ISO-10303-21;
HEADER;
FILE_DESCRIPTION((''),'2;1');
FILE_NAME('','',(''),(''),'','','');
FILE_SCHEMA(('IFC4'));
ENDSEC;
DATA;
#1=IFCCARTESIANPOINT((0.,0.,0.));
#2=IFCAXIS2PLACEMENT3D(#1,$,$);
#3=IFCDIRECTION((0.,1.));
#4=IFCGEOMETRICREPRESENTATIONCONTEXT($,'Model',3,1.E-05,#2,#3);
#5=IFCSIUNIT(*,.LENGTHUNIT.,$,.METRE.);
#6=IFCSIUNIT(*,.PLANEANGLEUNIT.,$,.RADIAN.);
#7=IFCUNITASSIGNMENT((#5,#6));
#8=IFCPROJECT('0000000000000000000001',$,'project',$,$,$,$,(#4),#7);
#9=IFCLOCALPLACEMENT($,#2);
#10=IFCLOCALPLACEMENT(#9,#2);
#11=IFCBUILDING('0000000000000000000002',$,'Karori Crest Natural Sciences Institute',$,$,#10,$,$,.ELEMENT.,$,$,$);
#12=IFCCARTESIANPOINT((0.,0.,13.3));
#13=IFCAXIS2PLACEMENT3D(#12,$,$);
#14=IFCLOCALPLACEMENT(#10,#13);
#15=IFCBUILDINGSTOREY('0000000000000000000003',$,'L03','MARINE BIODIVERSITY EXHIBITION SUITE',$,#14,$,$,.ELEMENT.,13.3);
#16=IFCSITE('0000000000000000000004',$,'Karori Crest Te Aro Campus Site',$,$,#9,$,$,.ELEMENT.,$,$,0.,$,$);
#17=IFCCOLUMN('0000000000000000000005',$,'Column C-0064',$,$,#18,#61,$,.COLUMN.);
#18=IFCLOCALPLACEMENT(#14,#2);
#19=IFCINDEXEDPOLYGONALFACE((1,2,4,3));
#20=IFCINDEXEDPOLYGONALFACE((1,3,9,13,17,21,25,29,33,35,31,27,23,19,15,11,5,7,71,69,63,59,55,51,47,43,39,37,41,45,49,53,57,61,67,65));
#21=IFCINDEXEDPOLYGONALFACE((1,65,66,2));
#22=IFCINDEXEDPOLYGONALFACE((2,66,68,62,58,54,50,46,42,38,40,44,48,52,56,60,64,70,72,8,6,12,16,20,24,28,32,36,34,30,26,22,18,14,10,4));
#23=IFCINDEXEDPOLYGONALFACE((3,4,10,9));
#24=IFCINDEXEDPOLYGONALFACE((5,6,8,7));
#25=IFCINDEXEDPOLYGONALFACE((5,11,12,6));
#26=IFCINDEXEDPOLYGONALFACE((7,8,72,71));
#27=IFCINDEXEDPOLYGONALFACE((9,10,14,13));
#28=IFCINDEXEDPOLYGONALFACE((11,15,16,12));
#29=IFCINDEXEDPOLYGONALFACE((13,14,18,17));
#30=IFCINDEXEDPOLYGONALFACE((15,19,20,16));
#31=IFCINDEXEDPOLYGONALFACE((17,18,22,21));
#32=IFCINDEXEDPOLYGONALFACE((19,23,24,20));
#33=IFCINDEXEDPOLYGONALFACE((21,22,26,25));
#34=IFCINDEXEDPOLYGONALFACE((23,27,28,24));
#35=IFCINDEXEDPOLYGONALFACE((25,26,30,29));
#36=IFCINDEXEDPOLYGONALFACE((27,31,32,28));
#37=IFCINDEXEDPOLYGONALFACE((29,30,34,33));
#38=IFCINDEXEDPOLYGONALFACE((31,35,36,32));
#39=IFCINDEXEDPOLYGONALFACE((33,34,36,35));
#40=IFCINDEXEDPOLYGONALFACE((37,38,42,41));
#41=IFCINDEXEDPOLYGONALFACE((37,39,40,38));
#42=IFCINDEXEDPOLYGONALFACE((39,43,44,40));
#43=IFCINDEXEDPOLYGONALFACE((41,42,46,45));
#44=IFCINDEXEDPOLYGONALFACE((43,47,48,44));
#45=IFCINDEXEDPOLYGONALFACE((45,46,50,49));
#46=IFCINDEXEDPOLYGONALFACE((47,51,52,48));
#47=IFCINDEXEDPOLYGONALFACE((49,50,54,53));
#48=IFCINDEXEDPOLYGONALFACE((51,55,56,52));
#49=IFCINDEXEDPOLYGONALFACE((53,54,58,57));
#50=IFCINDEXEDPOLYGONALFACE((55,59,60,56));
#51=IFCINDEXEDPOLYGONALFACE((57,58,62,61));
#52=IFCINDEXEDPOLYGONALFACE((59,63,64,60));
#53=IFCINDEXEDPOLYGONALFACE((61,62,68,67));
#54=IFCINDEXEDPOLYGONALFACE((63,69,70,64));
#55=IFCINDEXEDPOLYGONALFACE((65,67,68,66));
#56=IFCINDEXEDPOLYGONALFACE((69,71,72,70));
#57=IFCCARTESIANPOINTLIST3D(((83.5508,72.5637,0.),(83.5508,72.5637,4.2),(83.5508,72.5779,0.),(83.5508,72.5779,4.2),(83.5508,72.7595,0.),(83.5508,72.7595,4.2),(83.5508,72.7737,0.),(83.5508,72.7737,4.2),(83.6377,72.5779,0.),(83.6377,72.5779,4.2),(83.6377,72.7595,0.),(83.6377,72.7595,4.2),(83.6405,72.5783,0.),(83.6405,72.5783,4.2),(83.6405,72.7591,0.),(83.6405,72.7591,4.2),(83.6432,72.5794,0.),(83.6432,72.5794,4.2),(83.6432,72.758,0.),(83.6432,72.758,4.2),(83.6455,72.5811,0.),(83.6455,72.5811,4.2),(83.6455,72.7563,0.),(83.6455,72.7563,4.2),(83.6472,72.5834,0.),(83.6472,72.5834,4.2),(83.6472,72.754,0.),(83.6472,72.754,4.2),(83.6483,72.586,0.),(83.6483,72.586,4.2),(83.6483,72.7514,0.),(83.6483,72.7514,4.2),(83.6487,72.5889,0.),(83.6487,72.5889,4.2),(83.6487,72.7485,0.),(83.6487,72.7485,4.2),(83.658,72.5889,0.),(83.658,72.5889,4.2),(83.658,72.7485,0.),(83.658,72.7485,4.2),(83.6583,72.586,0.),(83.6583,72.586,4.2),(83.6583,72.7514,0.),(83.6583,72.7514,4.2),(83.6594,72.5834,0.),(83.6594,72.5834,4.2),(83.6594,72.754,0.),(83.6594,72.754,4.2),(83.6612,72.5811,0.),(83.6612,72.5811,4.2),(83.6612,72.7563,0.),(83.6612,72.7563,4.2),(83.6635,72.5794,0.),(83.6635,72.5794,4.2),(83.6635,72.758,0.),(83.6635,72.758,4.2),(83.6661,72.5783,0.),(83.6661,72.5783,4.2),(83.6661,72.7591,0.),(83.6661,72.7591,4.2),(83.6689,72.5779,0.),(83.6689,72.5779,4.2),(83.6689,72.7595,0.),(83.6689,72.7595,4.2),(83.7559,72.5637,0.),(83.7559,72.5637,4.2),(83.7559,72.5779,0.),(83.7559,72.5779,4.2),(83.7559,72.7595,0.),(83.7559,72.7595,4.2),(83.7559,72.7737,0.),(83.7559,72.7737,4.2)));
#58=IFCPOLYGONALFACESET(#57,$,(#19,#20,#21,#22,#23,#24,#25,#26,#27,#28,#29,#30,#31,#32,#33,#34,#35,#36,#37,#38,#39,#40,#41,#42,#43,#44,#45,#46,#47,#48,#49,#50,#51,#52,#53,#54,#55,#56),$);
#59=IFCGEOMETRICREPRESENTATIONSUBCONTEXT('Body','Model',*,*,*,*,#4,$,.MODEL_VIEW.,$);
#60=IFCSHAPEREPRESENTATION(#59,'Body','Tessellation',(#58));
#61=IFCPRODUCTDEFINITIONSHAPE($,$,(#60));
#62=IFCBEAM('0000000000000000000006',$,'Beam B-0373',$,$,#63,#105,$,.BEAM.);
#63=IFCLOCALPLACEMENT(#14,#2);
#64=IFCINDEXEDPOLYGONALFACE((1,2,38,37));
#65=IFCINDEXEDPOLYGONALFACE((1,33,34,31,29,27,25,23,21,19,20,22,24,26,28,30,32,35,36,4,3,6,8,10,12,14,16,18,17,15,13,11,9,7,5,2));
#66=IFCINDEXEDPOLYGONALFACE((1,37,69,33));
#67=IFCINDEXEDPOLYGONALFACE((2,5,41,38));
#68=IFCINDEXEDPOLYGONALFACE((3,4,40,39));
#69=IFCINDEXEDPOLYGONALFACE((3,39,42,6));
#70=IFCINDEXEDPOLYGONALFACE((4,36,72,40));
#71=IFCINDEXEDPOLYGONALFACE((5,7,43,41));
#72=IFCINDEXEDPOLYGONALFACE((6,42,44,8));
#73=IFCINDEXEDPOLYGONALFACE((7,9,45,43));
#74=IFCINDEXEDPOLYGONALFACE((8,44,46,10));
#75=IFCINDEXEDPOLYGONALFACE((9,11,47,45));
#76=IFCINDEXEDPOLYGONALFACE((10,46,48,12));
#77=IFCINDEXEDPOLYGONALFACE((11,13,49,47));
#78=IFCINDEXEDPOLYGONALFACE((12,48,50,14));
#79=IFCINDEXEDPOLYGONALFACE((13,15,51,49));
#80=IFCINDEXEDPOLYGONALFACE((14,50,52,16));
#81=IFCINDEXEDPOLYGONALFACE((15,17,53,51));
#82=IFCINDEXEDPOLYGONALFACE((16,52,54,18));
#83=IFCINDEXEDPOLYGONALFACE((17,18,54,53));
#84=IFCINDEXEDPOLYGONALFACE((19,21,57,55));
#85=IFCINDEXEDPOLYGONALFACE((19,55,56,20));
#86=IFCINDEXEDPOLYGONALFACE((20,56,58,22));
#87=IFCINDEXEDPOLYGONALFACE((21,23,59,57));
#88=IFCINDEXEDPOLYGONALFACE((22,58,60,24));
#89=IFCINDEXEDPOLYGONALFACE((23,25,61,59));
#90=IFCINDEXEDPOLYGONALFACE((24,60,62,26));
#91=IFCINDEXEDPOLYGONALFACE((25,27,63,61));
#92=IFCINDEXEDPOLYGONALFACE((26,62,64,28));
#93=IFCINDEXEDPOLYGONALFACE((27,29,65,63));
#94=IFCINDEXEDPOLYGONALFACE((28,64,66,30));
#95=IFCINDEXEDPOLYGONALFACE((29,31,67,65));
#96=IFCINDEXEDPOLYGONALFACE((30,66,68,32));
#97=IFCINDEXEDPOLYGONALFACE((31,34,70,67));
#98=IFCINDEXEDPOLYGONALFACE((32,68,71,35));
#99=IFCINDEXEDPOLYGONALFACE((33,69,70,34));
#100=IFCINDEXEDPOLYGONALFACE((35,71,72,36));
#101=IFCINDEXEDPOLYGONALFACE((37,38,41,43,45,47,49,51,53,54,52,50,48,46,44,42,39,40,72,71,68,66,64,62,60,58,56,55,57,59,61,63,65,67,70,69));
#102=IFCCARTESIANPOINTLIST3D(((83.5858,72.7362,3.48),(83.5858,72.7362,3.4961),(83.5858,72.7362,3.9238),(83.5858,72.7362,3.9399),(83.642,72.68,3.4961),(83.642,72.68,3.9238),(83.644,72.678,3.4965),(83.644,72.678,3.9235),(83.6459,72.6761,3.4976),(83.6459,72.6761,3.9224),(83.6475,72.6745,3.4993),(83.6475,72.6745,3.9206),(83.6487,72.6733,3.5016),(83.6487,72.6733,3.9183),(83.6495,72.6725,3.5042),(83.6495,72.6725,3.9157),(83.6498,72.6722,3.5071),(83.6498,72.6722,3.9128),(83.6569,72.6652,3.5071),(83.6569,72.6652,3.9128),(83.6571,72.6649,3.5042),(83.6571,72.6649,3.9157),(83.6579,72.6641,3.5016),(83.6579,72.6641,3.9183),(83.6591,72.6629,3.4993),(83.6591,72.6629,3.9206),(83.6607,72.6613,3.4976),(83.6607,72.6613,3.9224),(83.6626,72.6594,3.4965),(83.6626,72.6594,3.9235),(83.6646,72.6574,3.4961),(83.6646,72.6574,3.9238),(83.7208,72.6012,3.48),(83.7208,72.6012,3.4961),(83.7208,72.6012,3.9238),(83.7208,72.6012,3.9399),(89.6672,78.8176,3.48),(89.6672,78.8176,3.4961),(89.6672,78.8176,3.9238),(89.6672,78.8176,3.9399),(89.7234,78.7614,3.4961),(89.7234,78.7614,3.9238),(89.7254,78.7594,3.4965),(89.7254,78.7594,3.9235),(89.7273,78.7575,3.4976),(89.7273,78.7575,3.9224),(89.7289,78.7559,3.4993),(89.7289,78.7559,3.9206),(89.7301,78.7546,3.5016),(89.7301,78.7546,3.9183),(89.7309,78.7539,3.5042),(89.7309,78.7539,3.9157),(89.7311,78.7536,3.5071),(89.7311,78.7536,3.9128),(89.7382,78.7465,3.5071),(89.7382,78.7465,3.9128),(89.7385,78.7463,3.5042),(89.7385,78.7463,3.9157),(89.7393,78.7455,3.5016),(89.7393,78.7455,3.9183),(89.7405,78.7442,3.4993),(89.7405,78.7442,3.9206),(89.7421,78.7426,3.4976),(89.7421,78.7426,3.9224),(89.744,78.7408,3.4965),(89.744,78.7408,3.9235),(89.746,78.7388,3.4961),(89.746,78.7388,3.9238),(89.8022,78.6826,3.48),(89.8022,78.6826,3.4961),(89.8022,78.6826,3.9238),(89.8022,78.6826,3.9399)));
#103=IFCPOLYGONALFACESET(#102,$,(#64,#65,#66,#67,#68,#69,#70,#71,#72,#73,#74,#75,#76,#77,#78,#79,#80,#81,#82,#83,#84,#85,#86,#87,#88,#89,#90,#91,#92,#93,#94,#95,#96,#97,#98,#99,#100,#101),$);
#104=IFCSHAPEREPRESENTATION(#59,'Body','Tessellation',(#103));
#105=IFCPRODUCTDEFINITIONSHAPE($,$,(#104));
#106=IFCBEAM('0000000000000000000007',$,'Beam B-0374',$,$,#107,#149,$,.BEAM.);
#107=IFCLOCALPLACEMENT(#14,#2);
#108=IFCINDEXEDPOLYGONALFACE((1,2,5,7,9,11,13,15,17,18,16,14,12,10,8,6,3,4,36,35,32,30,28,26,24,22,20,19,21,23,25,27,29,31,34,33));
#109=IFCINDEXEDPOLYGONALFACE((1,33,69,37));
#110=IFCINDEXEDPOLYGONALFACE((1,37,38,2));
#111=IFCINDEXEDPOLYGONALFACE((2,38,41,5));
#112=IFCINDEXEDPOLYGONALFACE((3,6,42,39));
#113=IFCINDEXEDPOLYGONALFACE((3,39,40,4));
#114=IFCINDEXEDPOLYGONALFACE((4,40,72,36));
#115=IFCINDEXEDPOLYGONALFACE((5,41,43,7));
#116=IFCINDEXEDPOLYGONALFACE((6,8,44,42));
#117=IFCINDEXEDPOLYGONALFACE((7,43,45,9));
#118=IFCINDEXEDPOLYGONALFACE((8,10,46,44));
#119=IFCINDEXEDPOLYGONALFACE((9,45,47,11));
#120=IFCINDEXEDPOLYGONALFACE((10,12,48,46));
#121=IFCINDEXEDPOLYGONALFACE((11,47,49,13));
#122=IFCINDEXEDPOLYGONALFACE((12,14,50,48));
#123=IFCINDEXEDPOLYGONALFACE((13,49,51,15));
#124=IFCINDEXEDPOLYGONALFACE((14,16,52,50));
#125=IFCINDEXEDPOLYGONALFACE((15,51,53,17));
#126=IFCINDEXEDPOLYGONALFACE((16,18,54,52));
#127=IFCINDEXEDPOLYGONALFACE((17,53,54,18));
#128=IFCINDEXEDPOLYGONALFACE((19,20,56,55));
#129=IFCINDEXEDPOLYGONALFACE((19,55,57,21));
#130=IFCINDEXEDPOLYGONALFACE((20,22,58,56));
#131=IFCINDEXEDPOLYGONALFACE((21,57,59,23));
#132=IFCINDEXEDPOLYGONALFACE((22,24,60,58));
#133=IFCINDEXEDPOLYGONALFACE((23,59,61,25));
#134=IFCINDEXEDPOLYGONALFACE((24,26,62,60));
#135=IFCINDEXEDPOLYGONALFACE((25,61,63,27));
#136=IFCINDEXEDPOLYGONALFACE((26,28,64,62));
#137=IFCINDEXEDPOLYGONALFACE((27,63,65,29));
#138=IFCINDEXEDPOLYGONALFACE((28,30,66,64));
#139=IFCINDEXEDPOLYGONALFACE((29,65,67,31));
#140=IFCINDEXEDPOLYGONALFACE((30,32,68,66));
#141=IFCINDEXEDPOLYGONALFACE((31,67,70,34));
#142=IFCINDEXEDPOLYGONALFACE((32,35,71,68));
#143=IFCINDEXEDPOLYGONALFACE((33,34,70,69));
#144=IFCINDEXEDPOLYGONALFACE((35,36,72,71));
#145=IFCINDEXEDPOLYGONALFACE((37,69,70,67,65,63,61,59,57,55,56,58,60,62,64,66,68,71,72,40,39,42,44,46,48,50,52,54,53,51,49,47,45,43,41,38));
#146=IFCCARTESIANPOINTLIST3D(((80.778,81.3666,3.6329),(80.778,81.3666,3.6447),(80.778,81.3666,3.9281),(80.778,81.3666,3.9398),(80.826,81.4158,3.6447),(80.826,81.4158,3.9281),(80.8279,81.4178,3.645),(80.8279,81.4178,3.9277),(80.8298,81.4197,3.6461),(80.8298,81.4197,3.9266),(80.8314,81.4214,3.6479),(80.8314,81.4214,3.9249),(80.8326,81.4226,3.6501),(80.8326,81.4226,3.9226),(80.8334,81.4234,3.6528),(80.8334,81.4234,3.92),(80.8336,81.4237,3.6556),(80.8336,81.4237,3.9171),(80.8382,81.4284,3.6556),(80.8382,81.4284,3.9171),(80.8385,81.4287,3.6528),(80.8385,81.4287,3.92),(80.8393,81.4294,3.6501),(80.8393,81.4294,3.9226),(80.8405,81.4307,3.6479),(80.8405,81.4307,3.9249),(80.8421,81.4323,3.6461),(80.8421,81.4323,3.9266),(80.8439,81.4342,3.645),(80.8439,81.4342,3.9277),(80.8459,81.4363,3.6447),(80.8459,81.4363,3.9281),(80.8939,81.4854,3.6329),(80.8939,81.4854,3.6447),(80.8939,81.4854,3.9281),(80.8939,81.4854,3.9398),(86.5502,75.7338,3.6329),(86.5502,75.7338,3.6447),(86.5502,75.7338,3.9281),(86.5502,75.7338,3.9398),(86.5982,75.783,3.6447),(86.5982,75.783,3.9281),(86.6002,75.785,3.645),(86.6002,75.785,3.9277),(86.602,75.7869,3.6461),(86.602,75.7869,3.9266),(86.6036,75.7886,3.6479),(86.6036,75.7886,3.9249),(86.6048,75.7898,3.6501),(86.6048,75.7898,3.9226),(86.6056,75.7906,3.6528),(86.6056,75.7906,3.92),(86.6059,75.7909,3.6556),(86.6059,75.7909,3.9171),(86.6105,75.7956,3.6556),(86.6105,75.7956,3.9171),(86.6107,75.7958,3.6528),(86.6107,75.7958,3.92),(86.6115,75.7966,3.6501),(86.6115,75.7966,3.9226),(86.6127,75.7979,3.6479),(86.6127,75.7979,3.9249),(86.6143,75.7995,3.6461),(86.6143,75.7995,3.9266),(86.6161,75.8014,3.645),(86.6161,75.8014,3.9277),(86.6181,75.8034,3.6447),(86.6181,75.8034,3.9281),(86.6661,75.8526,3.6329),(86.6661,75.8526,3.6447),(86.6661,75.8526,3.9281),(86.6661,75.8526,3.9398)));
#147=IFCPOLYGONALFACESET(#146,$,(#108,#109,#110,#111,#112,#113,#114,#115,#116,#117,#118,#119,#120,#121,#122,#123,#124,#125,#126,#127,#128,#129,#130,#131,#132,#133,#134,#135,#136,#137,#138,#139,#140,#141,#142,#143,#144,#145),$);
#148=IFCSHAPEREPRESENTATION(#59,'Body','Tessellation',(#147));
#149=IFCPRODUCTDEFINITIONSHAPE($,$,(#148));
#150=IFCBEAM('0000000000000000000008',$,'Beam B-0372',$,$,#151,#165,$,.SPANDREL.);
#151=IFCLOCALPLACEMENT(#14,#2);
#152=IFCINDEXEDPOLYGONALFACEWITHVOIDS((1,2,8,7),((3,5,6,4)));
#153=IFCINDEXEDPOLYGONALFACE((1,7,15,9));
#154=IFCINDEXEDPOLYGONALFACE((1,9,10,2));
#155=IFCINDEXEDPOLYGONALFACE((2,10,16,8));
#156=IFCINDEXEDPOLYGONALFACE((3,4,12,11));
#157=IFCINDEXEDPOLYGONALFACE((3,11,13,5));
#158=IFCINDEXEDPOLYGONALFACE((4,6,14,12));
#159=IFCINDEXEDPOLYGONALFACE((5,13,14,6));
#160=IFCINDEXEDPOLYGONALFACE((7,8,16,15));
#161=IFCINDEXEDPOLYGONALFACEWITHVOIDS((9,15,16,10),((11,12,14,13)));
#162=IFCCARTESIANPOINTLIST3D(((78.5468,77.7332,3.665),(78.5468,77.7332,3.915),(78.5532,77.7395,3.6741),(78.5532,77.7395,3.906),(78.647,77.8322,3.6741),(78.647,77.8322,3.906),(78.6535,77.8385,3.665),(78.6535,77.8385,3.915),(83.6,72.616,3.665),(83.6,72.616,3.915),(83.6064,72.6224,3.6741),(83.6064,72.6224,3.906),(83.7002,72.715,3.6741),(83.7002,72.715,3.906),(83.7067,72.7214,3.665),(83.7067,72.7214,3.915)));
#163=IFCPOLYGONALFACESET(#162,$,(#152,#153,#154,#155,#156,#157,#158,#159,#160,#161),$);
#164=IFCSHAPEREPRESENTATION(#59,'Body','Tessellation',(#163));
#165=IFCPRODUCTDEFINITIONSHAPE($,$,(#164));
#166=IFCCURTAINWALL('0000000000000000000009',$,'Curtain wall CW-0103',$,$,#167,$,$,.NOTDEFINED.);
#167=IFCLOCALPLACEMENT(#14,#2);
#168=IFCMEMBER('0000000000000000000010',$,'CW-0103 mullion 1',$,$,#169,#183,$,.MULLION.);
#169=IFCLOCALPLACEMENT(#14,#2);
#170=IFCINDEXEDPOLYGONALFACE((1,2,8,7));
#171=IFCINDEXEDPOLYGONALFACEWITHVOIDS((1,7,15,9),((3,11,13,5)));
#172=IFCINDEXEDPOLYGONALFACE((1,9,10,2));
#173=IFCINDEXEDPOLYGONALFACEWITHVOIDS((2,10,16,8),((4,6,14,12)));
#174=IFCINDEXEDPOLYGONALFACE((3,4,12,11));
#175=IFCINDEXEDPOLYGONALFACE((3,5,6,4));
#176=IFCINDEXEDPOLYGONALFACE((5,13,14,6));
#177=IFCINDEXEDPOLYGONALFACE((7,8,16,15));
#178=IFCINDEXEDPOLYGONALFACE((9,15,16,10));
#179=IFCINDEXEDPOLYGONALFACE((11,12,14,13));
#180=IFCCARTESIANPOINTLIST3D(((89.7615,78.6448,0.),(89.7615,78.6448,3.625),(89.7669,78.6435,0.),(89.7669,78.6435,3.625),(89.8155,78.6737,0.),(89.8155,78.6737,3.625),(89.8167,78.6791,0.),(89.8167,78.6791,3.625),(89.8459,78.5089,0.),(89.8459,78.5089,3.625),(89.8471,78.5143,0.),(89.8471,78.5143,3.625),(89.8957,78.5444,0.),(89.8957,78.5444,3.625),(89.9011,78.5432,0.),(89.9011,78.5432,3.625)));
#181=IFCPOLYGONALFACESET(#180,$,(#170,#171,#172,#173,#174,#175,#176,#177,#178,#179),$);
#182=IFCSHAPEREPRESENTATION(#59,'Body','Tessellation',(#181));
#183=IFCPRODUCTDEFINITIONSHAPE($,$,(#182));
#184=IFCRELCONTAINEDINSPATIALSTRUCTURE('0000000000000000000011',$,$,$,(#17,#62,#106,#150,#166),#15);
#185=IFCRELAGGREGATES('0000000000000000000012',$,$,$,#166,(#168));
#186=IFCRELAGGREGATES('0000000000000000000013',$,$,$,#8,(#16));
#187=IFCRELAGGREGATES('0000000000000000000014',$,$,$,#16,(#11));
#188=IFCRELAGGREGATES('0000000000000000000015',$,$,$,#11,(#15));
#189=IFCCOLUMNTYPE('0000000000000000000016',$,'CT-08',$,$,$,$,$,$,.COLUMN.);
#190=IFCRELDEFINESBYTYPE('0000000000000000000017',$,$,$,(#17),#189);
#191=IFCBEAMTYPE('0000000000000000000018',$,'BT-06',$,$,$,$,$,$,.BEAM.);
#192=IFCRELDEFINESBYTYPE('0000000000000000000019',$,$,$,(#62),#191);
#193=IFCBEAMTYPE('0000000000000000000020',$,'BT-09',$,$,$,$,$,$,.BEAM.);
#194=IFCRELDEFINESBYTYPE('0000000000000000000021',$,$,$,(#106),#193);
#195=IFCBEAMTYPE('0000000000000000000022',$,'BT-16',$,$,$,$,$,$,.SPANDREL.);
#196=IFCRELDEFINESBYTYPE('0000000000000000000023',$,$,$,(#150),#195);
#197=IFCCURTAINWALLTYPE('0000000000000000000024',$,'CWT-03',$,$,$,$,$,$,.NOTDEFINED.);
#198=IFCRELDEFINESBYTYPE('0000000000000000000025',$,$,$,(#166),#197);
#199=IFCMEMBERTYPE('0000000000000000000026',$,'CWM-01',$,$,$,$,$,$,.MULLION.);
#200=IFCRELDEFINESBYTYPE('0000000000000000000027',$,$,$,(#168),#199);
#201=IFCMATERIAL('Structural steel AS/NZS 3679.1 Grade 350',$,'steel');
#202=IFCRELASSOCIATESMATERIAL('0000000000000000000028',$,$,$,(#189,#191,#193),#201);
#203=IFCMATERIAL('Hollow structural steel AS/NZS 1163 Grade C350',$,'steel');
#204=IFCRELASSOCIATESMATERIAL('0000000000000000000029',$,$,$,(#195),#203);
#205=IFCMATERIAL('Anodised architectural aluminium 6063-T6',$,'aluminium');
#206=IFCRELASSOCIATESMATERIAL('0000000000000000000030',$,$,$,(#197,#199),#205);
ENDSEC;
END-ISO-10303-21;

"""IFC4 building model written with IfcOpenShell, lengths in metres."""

from ifc_helpers import new_model, si_unit, direction, frame, origin, origin_2d, place, context, subcontext, project, spatial, hollow_rectangle, i_section, extrude, material, material_profile, profile_set, type_object, element, aggregate, save


model = new_model("IFC4")

# Units and contexts
model_context = context("Model", 3, precision=1e-05, world=origin(), true_north=direction((0.0, 1.0)))
body_context = subcontext(model_context, "Body", "Model", "MODEL_VIEW")
ifc_project = project(units=[si_unit("LENGTHUNIT", "METRE"), si_unit("PLANEANGLEUNIT", "RADIAN")], contexts=[model_context])

# Site, building, storey
site_placement = place(None, origin())
site = spatial("IfcSite", under=ifc_project, at=site_placement, Name="Karori Crest Te Aro Campus Site", CompositionType="ELEMENT", RefElevation=0.0)
building_placement = place(site_placement, origin())
building = spatial("IfcBuilding", under=site, at=building_placement, Name="Karori Crest Natural Sciences Institute", CompositionType="ELEMENT")
storey_placement = place(building_placement, frame((0.0, 0.0, 13.3)))
storey = spatial("IfcBuildingStorey", under=building, at=storey_placement, Name="L03", Description="MARINE BIODIVERSITY EXHIBITION SUITE", CompositionType="ELEMENT", Elevation=13.3)

# Column
ifc_material_1 = material(Name="Structural steel AS/NZS 3679.1 Grade 350", Category="steel")
ifc_material_profile_1 = material_profile(ifc_material_1, i_section(OverallWidth=0.2051, OverallDepth=0.21, WebThickness=0.0093, FlangeThickness=0.0142, FilletRadius=0.011, at=origin_2d()), Name="200UC59.5")
ifc_profile_set_1 = profile_set([ifc_material_profile_1], Name="Structural steel AS/NZS 3679.1 Grade 350")
column_type = type_object("IfcColumnType", Name="CT-08", PredefinedType="COLUMN", material=ifc_profile_set_1)
column_placement = place(storey_placement, frame((83.6533, 72.6687, 0.0), z_axis=(0.0, 0.0, 1.0), x_axis=(1.0, 0.0, 0.0)))
element("IfcColumn", 1, at=column_placement, inside=storey, type_object=column_type, Name="Column C-0064", PredefinedType="COLUMN", context=body_context, shape_type="SweptSolid", body=[
    extrude(i_section(OverallWidth=0.2051, OverallDepth=0.21, WebThickness=0.0093, FlangeThickness=0.0142, FilletRadius=0.011, at=origin_2d()), origin(), (0.0, 0.0, 1.0), 4.2),
])

# Beams
ifc_material_profile_2 = material_profile(ifc_material_1, i_section(OverallWidth=0.1909, OverallDepth=0.46, WebThickness=0.01, FlangeThickness=0.0161, FilletRadius=0.011, at=origin_2d()), Name="460UB82.1")
ifc_profile_set_2 = profile_set([ifc_material_profile_2], Name="Structural steel AS/NZS 3679.1 Grade 350")
beam_type_1 = type_object("IfcBeamType", Name="BT-06", PredefinedType="BEAM", material=ifc_profile_set_2)
beam_1_placement = place(storey_placement, frame((83.6533, 72.6687, 3.71), z_axis=(0.707107, 0.707107, 0.0), x_axis=(-0.707107, 0.707107, 0.0)))
element("IfcBeam", 2, at=beam_1_placement, inside=storey, type_object=beam_type_1, Name="Beam B-0373", PredefinedType="BEAM", context=body_context, shape_type="SweptSolid", body=[
    extrude(i_section(OverallWidth=0.1909, OverallDepth=0.46, WebThickness=0.01, FlangeThickness=0.0161, FilletRadius=0.011, at=origin_2d()), origin(), (0.0, 0.0, 1.0), 8.6003),
])
ifc_material_profile_3 = material_profile(ifc_material_1, i_section(OverallWidth=0.166, OverallDepth=0.3069, WebThickness=0.0066, FlangeThickness=0.0117, FilletRadius=0.011, at=origin_2d()), Name="310UB46.2")
ifc_profile_set_3 = profile_set([ifc_material_profile_3], Name="Structural steel AS/NZS 3679.1 Grade 350")
beam_type_2 = type_object("IfcBeamType", Name="BT-09", PredefinedType="BEAM", material=ifc_profile_set_3)
beam_2_placement = place(storey_placement, frame((86.6082, 75.7932, 3.7864), z_axis=(-0.715696, 0.698412, 0.0), x_axis=(-0.698412, -0.715696, 0.0)))
element("IfcBeam", 3, at=beam_2_placement, inside=storey, type_object=beam_type_2, Name="Beam B-0374", PredefinedType="BEAM", context=body_context, shape_type="SweptSolid", body=[
    extrude(i_section(OverallWidth=0.166, OverallDepth=0.3069, WebThickness=0.0066, FlangeThickness=0.0117, FilletRadius=0.011, at=origin_2d()), origin(), (0.0, 0.0, 1.0), 8.0652),
])
ifc_material_2 = material(Name="Hollow structural steel AS/NZS 1163 Grade C350", Category="steel")
ifc_material_profile_4 = material_profile(ifc_material_2, hollow_rectangle(XDim=0.1499, YDim=0.25, WallThickness=0.009, at=origin_2d()), Name="RHS250x150x9")
ifc_profile_set_4 = profile_set([ifc_material_profile_4], Name="Hollow structural steel AS/NZS 1163 Grade C350")
beam_type_3 = type_object("IfcBeamType", Name="BT-16", PredefinedType="SPANDREL", material=ifc_profile_set_4)
beam_3_placement = place(storey_placement, frame((83.6533, 72.6687, 3.79), z_axis=(-0.702646, 0.71154, 0.0), x_axis=(-0.71154, -0.702646, 0.0)))
element("IfcBeam", 4, at=beam_3_placement, inside=storey, type_object=beam_type_3, Name="Beam B-0372", PredefinedType="SPANDREL", context=body_context, shape_type="SweptSolid", body=[
    extrude(hollow_rectangle(XDim=0.1499, YDim=0.25, WallThickness=0.009, at=origin_2d()), origin(), (0.0, 0.0, 1.0), 7.1917),
])

# Curtain wall, member
ifc_material_3 = material(Name="Anodised architectural aluminium 6063-T6", Category="aluminium")
curtain_wall_type_1 = type_object("IfcCurtainWallType", Name="CWT-03", PredefinedType="NOTDEFINED", material=ifc_material_3)
curtain_wall_1_placement = place(storey_placement, origin())
curtain_wall_1 = element("IfcCurtainWall", 5, at=curtain_wall_1_placement, inside=storey, type_object=curtain_wall_type_1, Name="Curtain wall CW-0103", PredefinedType="NOTDEFINED")
ifc_material_profile_5 = material_profile(ifc_material_3, hollow_rectangle(XDim=0.0649, YDim=0.1599, WallThickness=0.0039, at=origin_2d()), Name="CWM160x65x4")
ifc_profile_set_5 = profile_set([ifc_material_profile_5], Name="Anodised architectural aluminium 6063-T6")
member_type_1 = type_object("IfcMemberType", Name="CWM-01", PredefinedType="MULLION", material=ifc_profile_set_5)
member_1_placement = place(storey_placement, frame((89.8313, 78.594, 0.0), z_axis=(0.0, 0.0, 1.0), x_axis=(0.849662, 0.527328, 0.0)))
member_1 = element("IfcMember", 6, at=member_1_placement, type_object=member_type_1, Name="CW-0103 mullion 1", PredefinedType="MULLION", context=body_context, shape_type="SweptSolid", body=[
    extrude(hollow_rectangle(XDim=0.0649, YDim=0.1599, WallThickness=0.0039, at=origin_2d()), origin(), (0.0, 0.0, 1.0), 3.625),
])

aggregate(curtain_wall_1, [member_1])

save(model, "model.ifc")
